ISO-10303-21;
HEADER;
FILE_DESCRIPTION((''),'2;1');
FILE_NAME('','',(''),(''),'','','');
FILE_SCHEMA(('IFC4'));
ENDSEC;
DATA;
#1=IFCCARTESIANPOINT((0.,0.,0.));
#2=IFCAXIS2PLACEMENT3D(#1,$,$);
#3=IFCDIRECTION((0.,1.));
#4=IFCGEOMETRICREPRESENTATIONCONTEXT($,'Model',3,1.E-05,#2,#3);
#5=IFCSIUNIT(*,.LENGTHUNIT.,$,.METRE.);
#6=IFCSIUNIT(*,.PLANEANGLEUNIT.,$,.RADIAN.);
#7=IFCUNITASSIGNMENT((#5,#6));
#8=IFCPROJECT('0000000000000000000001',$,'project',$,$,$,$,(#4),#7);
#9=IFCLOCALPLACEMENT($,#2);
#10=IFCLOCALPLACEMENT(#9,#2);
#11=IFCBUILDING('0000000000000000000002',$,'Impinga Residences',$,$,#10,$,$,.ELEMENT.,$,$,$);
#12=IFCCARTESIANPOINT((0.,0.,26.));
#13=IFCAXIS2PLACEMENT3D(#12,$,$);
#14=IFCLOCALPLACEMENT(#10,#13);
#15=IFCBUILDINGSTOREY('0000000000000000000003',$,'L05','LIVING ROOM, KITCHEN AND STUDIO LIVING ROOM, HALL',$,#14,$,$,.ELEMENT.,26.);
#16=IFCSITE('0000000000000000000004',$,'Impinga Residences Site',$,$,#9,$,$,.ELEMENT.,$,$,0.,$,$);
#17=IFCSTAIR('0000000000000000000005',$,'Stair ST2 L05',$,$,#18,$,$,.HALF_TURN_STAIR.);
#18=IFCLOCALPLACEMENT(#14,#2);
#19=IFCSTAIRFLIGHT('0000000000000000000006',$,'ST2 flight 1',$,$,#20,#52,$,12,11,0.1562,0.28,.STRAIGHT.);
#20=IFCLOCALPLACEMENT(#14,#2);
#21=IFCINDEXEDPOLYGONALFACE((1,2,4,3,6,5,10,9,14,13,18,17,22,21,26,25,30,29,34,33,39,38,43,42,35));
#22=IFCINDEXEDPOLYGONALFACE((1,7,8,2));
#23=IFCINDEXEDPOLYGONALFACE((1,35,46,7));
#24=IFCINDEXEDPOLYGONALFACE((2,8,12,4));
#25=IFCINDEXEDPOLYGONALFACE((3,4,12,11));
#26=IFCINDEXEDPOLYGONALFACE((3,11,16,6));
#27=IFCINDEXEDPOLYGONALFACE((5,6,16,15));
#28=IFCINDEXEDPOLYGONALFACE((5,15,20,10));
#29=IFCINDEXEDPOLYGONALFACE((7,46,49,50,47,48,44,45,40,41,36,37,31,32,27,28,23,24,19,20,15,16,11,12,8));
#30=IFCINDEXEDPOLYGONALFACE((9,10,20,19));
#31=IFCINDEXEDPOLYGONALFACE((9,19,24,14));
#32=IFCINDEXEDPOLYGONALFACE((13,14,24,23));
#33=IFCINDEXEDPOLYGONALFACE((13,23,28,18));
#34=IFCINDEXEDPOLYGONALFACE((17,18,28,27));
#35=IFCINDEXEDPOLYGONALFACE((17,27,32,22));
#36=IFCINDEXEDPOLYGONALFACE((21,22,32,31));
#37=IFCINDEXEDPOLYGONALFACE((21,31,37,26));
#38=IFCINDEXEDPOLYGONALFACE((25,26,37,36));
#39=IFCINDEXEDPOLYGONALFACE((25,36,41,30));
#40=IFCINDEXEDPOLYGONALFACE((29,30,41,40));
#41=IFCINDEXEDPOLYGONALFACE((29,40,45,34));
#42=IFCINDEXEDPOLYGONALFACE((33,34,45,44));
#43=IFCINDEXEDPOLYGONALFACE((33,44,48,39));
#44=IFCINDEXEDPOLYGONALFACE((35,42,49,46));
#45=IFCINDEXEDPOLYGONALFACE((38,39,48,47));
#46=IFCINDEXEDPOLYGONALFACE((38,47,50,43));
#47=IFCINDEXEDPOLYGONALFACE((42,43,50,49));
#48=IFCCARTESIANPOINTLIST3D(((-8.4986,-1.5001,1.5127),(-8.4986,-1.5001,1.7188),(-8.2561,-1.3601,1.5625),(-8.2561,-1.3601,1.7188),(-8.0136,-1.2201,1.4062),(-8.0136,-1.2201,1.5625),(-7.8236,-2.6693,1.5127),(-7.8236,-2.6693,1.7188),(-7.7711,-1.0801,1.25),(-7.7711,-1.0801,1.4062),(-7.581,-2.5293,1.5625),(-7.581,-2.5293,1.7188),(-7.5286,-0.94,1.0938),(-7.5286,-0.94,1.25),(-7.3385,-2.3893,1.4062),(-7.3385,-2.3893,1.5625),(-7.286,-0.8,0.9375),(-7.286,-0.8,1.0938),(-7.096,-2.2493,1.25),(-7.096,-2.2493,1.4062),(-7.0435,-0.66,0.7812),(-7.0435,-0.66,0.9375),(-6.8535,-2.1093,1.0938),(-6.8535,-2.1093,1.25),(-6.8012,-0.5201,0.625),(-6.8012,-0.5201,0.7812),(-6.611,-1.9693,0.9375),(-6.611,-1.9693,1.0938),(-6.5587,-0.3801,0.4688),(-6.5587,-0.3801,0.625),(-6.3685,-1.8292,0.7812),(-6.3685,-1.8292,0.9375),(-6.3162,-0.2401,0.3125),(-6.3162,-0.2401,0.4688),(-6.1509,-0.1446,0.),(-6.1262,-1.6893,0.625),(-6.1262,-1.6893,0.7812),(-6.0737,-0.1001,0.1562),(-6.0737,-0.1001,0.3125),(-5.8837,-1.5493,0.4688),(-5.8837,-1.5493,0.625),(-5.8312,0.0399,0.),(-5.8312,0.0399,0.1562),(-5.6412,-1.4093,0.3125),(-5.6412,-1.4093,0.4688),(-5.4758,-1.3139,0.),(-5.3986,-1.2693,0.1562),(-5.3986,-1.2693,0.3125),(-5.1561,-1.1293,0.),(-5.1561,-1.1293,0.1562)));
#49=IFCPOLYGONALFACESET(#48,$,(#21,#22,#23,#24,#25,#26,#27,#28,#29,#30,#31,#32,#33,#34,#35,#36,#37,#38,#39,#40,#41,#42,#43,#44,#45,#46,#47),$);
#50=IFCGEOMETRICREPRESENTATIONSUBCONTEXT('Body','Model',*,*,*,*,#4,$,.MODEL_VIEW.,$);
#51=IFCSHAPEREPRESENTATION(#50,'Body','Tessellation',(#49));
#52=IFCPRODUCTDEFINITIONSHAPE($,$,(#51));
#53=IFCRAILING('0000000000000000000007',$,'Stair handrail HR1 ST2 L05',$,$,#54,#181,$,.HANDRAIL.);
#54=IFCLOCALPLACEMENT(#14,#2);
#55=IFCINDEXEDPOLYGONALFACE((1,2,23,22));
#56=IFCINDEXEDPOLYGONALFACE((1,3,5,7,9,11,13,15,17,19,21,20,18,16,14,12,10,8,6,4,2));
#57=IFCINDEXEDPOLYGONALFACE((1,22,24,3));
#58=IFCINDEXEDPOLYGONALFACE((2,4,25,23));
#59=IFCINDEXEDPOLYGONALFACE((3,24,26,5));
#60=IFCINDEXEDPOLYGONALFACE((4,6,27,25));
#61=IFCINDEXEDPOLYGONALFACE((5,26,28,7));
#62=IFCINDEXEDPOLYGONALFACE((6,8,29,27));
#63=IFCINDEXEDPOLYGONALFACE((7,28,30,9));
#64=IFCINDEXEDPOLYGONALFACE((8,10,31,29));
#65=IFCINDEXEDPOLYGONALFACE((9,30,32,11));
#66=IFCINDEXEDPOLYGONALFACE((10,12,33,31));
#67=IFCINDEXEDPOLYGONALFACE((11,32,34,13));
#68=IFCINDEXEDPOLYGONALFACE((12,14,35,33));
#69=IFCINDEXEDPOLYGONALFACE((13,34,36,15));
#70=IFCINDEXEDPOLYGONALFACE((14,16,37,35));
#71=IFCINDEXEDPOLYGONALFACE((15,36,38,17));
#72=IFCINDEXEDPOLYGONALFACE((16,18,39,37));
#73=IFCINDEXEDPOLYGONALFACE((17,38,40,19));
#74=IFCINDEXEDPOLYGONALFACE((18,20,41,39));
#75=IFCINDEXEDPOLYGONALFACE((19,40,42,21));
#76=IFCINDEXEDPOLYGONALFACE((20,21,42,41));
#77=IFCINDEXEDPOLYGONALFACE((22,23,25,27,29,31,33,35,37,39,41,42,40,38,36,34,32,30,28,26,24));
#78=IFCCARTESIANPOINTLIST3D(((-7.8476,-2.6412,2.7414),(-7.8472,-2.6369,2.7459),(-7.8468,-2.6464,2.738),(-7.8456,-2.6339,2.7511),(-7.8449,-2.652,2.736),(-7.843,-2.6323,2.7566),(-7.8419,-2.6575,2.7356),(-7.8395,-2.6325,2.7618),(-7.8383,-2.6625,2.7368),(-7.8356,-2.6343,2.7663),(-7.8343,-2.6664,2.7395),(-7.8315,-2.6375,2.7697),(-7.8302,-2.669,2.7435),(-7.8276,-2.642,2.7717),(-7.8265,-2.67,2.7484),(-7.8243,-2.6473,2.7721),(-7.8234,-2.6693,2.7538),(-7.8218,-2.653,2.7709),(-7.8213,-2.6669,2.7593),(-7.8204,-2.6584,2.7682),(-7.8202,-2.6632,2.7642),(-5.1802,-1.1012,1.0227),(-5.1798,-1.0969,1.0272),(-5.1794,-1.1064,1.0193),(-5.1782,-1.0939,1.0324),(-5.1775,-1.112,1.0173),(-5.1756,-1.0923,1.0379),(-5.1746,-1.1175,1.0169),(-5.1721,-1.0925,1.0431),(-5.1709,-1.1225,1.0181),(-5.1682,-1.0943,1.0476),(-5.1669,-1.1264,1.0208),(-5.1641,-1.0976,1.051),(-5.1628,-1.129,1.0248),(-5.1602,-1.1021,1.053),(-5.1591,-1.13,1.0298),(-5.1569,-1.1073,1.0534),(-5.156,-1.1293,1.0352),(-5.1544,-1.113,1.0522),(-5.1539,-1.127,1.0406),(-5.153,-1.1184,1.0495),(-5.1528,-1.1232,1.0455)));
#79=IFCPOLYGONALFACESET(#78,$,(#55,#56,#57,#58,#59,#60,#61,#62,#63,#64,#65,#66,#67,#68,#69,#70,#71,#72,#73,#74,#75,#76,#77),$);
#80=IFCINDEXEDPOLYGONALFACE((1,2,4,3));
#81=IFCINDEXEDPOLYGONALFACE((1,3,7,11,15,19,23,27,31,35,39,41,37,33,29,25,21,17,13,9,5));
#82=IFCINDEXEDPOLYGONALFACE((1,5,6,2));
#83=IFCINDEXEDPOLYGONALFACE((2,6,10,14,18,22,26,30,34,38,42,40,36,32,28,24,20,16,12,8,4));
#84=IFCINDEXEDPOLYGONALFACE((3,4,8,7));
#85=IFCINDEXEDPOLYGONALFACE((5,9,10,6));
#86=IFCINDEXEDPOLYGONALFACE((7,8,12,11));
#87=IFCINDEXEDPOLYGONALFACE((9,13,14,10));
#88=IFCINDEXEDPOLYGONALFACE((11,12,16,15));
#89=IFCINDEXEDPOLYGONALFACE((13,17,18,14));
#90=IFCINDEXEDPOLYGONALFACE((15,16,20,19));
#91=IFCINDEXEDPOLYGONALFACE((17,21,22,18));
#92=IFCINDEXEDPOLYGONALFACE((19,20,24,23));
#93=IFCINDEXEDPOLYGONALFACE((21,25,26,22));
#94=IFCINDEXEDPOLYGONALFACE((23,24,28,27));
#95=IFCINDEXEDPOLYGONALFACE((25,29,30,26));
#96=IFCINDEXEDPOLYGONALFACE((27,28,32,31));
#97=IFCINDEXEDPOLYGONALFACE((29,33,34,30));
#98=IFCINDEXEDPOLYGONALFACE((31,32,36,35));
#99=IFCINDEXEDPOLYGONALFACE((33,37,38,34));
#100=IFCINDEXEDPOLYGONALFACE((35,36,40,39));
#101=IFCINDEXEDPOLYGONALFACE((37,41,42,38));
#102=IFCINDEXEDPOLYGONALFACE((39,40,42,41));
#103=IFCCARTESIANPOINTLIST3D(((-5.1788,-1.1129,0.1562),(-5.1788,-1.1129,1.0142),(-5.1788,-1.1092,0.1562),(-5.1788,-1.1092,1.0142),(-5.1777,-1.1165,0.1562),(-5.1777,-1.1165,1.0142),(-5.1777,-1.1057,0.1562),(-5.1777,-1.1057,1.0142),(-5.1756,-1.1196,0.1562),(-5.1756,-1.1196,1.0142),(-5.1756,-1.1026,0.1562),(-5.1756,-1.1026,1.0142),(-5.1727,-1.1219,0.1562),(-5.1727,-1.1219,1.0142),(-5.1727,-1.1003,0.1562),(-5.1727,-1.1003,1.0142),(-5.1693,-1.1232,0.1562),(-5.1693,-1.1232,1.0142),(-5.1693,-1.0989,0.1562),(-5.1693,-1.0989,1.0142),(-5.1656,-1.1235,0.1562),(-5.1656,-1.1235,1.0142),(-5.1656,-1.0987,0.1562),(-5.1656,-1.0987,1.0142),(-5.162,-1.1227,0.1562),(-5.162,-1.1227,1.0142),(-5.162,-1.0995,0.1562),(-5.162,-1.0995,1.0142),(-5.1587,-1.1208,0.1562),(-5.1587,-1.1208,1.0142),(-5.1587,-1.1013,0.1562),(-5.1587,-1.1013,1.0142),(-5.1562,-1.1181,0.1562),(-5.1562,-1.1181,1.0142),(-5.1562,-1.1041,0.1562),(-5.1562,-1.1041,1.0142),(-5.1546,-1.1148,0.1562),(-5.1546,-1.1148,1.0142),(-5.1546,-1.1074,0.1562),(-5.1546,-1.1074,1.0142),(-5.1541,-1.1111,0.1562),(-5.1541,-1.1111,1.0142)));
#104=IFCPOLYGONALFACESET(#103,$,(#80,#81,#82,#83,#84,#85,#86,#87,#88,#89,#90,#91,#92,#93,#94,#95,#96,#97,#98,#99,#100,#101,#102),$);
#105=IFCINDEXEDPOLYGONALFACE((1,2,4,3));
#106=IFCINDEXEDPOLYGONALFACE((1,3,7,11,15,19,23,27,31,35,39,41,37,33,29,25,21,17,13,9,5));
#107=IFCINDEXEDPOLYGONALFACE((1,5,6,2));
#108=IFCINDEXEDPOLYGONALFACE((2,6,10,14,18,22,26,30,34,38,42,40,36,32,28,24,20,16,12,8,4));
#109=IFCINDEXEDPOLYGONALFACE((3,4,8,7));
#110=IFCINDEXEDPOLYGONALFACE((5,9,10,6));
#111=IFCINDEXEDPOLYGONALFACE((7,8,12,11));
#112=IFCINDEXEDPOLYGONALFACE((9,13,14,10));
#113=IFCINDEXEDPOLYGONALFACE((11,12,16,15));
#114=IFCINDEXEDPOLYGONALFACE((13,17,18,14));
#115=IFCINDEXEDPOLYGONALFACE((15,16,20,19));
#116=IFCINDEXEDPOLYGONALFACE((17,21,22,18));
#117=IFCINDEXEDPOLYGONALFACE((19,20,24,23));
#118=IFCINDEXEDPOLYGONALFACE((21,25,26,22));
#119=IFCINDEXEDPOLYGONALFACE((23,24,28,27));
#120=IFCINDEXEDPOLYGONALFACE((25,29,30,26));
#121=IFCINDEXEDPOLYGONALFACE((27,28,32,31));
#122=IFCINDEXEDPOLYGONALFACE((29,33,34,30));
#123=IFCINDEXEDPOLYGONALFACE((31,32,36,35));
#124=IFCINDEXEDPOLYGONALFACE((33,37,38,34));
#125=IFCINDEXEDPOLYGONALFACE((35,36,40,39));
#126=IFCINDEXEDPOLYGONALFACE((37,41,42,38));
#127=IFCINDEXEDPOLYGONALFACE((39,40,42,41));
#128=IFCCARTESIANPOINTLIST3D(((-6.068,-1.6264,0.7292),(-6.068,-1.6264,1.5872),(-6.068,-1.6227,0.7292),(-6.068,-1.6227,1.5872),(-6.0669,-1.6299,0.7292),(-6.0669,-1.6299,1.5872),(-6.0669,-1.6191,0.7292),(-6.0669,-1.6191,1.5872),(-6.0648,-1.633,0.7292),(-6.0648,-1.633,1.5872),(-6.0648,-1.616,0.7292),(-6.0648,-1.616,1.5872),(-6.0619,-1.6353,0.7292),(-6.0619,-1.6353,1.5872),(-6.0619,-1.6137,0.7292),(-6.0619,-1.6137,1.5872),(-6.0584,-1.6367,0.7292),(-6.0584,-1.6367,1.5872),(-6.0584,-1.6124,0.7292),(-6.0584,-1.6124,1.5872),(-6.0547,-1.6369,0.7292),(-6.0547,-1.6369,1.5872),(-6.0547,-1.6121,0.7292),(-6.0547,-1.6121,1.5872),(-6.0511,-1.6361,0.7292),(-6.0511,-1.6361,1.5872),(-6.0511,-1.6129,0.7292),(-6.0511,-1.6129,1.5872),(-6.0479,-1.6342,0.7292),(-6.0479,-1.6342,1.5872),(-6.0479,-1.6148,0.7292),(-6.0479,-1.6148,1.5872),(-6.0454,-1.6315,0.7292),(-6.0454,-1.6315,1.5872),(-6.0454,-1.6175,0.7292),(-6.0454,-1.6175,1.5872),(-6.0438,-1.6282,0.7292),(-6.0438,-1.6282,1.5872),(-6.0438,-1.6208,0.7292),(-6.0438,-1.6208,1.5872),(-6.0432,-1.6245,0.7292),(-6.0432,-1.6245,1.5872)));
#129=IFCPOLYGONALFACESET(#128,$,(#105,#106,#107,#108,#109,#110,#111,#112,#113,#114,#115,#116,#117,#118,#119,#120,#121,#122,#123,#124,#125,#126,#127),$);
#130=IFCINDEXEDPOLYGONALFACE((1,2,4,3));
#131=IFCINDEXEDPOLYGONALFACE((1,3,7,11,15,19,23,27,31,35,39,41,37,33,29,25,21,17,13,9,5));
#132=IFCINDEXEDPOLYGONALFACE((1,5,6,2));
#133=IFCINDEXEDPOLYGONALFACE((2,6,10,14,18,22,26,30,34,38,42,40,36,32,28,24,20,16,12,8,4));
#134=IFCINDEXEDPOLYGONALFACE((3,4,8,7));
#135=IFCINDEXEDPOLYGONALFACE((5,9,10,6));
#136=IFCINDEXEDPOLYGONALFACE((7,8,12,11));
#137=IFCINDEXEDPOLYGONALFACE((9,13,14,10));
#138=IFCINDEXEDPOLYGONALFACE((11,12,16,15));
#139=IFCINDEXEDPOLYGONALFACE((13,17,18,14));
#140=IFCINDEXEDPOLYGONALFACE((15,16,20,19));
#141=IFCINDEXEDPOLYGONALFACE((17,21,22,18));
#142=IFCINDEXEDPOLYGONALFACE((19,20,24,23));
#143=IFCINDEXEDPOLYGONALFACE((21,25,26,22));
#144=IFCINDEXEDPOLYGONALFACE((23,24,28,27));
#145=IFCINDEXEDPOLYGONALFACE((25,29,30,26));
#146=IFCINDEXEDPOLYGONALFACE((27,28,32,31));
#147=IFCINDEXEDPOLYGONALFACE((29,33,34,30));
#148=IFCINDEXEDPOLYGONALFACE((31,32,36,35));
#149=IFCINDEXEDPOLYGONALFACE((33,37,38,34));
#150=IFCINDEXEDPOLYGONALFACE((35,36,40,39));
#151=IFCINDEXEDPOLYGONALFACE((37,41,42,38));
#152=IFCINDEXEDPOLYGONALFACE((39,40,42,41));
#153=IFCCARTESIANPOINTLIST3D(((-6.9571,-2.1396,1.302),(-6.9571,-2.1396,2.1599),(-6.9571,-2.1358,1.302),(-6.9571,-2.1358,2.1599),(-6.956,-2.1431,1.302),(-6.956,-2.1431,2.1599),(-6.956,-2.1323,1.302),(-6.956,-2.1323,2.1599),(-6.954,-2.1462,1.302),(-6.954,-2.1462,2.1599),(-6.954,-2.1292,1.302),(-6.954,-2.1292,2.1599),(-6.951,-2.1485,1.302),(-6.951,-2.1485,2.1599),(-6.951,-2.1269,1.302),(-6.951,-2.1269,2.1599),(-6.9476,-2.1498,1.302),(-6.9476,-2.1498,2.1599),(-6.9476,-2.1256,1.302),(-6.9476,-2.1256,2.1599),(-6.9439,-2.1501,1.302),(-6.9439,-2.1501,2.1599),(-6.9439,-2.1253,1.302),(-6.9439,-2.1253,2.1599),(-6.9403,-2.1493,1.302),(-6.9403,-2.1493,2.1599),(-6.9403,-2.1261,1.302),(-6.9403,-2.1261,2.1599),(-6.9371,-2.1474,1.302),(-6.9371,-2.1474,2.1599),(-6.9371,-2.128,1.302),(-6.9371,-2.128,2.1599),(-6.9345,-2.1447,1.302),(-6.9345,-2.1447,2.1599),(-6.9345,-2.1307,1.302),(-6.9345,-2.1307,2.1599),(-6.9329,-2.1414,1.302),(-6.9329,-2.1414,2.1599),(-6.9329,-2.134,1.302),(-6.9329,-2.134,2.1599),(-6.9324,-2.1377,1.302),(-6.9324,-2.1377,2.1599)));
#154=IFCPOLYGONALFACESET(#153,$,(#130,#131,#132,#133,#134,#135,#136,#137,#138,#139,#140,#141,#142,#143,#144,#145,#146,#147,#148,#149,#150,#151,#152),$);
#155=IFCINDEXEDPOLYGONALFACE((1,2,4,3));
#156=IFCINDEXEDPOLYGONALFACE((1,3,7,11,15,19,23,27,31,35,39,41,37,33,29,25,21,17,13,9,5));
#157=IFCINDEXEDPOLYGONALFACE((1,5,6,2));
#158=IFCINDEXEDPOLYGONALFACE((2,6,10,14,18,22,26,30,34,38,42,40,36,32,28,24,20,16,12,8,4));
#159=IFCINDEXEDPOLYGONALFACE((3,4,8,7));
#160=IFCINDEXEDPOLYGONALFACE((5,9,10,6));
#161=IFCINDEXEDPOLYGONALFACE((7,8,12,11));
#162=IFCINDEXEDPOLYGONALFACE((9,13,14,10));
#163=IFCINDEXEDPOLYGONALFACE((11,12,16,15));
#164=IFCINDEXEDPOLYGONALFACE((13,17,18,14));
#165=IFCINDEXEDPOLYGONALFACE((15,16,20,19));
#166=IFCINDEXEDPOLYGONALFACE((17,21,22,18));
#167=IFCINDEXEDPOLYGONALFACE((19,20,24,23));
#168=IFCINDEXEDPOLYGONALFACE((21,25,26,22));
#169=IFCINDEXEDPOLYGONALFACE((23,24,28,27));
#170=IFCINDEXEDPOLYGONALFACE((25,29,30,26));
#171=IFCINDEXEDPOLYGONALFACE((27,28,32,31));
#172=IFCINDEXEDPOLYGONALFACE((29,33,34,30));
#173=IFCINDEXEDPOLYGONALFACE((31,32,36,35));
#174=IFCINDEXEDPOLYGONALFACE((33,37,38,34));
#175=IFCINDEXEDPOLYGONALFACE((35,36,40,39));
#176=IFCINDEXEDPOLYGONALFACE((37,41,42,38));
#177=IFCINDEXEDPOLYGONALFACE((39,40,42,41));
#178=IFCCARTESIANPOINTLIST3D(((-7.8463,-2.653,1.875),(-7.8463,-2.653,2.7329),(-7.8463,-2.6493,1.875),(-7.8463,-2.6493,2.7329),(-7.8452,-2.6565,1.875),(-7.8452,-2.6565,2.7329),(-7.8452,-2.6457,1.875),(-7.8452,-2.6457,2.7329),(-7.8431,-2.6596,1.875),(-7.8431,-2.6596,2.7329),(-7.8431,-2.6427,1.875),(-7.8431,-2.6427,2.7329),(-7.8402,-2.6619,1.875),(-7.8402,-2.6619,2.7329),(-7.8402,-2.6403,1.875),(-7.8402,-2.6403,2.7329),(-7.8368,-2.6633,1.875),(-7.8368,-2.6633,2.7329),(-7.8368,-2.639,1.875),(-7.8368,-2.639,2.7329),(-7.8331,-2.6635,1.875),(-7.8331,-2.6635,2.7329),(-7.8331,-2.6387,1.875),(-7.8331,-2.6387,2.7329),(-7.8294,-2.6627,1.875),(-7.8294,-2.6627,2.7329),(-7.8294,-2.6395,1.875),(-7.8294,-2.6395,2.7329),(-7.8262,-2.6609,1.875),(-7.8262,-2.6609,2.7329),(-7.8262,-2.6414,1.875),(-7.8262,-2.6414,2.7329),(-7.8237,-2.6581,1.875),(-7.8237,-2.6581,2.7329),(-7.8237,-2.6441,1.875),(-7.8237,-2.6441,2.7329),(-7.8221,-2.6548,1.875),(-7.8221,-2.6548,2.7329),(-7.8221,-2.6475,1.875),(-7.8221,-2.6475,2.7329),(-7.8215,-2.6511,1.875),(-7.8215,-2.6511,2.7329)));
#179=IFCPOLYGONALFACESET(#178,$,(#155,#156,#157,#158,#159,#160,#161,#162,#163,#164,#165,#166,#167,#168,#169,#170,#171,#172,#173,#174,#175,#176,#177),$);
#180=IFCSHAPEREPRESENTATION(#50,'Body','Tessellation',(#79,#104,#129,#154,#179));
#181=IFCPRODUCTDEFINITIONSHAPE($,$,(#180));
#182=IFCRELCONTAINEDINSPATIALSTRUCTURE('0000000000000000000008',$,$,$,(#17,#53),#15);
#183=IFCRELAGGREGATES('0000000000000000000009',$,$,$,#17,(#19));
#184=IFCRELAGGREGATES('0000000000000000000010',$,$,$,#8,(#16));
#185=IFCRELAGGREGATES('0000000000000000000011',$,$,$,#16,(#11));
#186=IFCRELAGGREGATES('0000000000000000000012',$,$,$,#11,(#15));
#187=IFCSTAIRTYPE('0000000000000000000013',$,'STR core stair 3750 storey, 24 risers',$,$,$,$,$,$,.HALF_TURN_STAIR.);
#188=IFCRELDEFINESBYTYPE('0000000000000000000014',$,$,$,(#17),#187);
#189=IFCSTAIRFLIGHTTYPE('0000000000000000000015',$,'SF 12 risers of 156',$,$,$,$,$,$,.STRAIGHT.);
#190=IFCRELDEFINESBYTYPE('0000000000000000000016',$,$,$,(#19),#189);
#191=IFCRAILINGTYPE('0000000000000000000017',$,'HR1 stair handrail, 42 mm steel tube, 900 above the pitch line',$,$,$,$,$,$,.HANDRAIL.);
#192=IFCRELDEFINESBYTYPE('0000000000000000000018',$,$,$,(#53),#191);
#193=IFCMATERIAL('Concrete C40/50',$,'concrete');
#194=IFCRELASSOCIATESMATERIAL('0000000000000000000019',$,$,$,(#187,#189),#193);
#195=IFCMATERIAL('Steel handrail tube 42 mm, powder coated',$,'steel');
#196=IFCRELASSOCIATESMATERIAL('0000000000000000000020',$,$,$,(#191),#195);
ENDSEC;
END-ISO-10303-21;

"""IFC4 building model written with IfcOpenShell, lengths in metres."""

from ifc_helpers import new_model, si_unit, direction, frame, origin, origin_2d, place, context, subcontext, project, spatial, polyline, circle, outline, extrude, material, type_object, element, aggregate, save


model = new_model("IFC4")

# Units and contexts
model_context = context("Model", 3, precision=1e-05, world=origin(), true_north=direction((0.0, 1.0)))
body_context = subcontext(model_context, "Body", "Model", "MODEL_VIEW")
ifc_project = project(units=[si_unit("LENGTHUNIT", "METRE"), si_unit("PLANEANGLEUNIT", "RADIAN")], contexts=[model_context])

# Site, building, storey
site_placement = place(None, origin())
site = spatial("IfcSite", under=ifc_project, at=site_placement, Name="Impinga Residences Site", CompositionType="ELEMENT", RefElevation=0.0)
building_placement = place(site_placement, origin())
building = spatial("IfcBuilding", under=site, at=building_placement, Name="Impinga Residences", CompositionType="ELEMENT")
storey_placement = place(building_placement, frame((0.0, 0.0, 26.0)))
storey = spatial("IfcBuildingStorey", under=building, at=storey_placement, Name="L05", Description="LIVING ROOM, KITCHEN AND STUDIO LIVING ROOM, HALL", CompositionType="ELEMENT", Elevation=26.0)

# Stair, stair flight
ifc_material_1 = material(Name="Concrete C40/50", Category="concrete")
stair_type = type_object("IfcStairType", Name="STR core stair 3750 storey, 24 risers", PredefinedType="HALF_TURN_STAIR", material=ifc_material_1)
stair_placement = place(storey_placement, origin())
stair = element("IfcStair", 1, at=stair_placement, inside=storey, type_object=stair_type, Name="Stair ST2 L05", PredefinedType="HALF_TURN_STAIR")
stair_flight_type = type_object("IfcStairFlightType", Name="SF 12 risers of 156", PredefinedType="STRAIGHT", material=ifc_material_1)
stair_flight_placement = place(storey_placement, frame((-5.4937, -0.5447, 0.0), z_axis=(0.0, 0.0, 1.0), x_axis=(-0.866025, -0.5, 0.0)))
stair_flight = element("IfcStairFlight", 2, at=stair_flight_placement, type_object=stair_flight_type, Name="ST2 flight 1", NumberOfRisers=12, NumberOfTreads=11, PredefinedType="STRAIGHT", RiserHeight=0.1562, TreadLength=0.28, context=body_context, shape_type="SweptSolid", body=[
    extrude(outline(polyline([(0.0, 0.0), (0.0, 0.1562), (0.28, 0.1562), (0.28, 0.3125), (0.5601, 0.3125), (0.5601, 0.4688), (0.8401, 0.4688), (0.8401, 0.625), (1.1201, 0.625), (1.1201, 0.7812), (1.3999, 0.7812), (1.3999, 0.9375), (1.6799, 0.9375), (1.6799, 1.0938), (1.96, 1.0938), (1.96, 1.25), (2.24, 1.25), (2.24, 1.4062), (2.52, 1.4062), (2.52, 1.5625), (2.8, 1.5625), (2.8, 1.7188), (3.0801, 1.7188), (3.0801, 1.875), (3.0801, 1.5127), (0.3691, 0.0), (0.0, 0.0)])), frame((0.0, 0.675, 0.0), z_axis=(0.0, -1.0, 0.0), x_axis=(1.0, 0.0, 0.0)), (0.0, 0.0, 1.0), 1.3501),
])
aggregate(stair, [stair_flight])

# Railing
ifc_material_2 = material(Name="Steel handrail tube 42 mm, powder coated", Category="steel")
railing_type = type_object("IfcRailingType", Name="HR1 stair handrail, 42 mm steel tube, 900 above the pitch line", PredefinedType="HANDRAIL", material=ifc_material_2)
railing_placement = place(storey_placement, frame((-5.1665, -1.1111, 0.1562)))
element("IfcRailing", 3, at=railing_placement, inside=storey, type_object=railing_type, Name="Stair handrail HR1 ST2 L05", PredefinedType="HANDRAIL", context=body_context, shape_type="SweptSolid", body=[
    extrude(circle(Radius=0.021, at=origin_2d()), frame((0.0, 0.0, 0.8789), z_axis=(-0.756256, -0.436616, 0.487282), x_axis=(0.499992, -0.86603, 0.0)), (0.0, 0.0, 1.0), 3.5271),
    extrude(circle(Radius=0.0125, at=origin_2d()), origin(), (0.0, 0.0, 1.0), 0.8579),
    extrude(circle(Radius=0.0125, at=origin_2d()), frame((-0.8892, -0.5134, 0.573)), (0.0, 0.0, 1.0), 0.8579),
    extrude(circle(Radius=0.0125, at=origin_2d()), frame((-1.7783, -1.0266, 1.1458)), (0.0, 0.0, 1.0), 0.8579),
    extrude(circle(Radius=0.0125, at=origin_2d()), frame((-2.6675, -1.54, 1.7188)), (0.0, 0.0, 1.0), 0.8579),
])

save(model, "model.ifc")
